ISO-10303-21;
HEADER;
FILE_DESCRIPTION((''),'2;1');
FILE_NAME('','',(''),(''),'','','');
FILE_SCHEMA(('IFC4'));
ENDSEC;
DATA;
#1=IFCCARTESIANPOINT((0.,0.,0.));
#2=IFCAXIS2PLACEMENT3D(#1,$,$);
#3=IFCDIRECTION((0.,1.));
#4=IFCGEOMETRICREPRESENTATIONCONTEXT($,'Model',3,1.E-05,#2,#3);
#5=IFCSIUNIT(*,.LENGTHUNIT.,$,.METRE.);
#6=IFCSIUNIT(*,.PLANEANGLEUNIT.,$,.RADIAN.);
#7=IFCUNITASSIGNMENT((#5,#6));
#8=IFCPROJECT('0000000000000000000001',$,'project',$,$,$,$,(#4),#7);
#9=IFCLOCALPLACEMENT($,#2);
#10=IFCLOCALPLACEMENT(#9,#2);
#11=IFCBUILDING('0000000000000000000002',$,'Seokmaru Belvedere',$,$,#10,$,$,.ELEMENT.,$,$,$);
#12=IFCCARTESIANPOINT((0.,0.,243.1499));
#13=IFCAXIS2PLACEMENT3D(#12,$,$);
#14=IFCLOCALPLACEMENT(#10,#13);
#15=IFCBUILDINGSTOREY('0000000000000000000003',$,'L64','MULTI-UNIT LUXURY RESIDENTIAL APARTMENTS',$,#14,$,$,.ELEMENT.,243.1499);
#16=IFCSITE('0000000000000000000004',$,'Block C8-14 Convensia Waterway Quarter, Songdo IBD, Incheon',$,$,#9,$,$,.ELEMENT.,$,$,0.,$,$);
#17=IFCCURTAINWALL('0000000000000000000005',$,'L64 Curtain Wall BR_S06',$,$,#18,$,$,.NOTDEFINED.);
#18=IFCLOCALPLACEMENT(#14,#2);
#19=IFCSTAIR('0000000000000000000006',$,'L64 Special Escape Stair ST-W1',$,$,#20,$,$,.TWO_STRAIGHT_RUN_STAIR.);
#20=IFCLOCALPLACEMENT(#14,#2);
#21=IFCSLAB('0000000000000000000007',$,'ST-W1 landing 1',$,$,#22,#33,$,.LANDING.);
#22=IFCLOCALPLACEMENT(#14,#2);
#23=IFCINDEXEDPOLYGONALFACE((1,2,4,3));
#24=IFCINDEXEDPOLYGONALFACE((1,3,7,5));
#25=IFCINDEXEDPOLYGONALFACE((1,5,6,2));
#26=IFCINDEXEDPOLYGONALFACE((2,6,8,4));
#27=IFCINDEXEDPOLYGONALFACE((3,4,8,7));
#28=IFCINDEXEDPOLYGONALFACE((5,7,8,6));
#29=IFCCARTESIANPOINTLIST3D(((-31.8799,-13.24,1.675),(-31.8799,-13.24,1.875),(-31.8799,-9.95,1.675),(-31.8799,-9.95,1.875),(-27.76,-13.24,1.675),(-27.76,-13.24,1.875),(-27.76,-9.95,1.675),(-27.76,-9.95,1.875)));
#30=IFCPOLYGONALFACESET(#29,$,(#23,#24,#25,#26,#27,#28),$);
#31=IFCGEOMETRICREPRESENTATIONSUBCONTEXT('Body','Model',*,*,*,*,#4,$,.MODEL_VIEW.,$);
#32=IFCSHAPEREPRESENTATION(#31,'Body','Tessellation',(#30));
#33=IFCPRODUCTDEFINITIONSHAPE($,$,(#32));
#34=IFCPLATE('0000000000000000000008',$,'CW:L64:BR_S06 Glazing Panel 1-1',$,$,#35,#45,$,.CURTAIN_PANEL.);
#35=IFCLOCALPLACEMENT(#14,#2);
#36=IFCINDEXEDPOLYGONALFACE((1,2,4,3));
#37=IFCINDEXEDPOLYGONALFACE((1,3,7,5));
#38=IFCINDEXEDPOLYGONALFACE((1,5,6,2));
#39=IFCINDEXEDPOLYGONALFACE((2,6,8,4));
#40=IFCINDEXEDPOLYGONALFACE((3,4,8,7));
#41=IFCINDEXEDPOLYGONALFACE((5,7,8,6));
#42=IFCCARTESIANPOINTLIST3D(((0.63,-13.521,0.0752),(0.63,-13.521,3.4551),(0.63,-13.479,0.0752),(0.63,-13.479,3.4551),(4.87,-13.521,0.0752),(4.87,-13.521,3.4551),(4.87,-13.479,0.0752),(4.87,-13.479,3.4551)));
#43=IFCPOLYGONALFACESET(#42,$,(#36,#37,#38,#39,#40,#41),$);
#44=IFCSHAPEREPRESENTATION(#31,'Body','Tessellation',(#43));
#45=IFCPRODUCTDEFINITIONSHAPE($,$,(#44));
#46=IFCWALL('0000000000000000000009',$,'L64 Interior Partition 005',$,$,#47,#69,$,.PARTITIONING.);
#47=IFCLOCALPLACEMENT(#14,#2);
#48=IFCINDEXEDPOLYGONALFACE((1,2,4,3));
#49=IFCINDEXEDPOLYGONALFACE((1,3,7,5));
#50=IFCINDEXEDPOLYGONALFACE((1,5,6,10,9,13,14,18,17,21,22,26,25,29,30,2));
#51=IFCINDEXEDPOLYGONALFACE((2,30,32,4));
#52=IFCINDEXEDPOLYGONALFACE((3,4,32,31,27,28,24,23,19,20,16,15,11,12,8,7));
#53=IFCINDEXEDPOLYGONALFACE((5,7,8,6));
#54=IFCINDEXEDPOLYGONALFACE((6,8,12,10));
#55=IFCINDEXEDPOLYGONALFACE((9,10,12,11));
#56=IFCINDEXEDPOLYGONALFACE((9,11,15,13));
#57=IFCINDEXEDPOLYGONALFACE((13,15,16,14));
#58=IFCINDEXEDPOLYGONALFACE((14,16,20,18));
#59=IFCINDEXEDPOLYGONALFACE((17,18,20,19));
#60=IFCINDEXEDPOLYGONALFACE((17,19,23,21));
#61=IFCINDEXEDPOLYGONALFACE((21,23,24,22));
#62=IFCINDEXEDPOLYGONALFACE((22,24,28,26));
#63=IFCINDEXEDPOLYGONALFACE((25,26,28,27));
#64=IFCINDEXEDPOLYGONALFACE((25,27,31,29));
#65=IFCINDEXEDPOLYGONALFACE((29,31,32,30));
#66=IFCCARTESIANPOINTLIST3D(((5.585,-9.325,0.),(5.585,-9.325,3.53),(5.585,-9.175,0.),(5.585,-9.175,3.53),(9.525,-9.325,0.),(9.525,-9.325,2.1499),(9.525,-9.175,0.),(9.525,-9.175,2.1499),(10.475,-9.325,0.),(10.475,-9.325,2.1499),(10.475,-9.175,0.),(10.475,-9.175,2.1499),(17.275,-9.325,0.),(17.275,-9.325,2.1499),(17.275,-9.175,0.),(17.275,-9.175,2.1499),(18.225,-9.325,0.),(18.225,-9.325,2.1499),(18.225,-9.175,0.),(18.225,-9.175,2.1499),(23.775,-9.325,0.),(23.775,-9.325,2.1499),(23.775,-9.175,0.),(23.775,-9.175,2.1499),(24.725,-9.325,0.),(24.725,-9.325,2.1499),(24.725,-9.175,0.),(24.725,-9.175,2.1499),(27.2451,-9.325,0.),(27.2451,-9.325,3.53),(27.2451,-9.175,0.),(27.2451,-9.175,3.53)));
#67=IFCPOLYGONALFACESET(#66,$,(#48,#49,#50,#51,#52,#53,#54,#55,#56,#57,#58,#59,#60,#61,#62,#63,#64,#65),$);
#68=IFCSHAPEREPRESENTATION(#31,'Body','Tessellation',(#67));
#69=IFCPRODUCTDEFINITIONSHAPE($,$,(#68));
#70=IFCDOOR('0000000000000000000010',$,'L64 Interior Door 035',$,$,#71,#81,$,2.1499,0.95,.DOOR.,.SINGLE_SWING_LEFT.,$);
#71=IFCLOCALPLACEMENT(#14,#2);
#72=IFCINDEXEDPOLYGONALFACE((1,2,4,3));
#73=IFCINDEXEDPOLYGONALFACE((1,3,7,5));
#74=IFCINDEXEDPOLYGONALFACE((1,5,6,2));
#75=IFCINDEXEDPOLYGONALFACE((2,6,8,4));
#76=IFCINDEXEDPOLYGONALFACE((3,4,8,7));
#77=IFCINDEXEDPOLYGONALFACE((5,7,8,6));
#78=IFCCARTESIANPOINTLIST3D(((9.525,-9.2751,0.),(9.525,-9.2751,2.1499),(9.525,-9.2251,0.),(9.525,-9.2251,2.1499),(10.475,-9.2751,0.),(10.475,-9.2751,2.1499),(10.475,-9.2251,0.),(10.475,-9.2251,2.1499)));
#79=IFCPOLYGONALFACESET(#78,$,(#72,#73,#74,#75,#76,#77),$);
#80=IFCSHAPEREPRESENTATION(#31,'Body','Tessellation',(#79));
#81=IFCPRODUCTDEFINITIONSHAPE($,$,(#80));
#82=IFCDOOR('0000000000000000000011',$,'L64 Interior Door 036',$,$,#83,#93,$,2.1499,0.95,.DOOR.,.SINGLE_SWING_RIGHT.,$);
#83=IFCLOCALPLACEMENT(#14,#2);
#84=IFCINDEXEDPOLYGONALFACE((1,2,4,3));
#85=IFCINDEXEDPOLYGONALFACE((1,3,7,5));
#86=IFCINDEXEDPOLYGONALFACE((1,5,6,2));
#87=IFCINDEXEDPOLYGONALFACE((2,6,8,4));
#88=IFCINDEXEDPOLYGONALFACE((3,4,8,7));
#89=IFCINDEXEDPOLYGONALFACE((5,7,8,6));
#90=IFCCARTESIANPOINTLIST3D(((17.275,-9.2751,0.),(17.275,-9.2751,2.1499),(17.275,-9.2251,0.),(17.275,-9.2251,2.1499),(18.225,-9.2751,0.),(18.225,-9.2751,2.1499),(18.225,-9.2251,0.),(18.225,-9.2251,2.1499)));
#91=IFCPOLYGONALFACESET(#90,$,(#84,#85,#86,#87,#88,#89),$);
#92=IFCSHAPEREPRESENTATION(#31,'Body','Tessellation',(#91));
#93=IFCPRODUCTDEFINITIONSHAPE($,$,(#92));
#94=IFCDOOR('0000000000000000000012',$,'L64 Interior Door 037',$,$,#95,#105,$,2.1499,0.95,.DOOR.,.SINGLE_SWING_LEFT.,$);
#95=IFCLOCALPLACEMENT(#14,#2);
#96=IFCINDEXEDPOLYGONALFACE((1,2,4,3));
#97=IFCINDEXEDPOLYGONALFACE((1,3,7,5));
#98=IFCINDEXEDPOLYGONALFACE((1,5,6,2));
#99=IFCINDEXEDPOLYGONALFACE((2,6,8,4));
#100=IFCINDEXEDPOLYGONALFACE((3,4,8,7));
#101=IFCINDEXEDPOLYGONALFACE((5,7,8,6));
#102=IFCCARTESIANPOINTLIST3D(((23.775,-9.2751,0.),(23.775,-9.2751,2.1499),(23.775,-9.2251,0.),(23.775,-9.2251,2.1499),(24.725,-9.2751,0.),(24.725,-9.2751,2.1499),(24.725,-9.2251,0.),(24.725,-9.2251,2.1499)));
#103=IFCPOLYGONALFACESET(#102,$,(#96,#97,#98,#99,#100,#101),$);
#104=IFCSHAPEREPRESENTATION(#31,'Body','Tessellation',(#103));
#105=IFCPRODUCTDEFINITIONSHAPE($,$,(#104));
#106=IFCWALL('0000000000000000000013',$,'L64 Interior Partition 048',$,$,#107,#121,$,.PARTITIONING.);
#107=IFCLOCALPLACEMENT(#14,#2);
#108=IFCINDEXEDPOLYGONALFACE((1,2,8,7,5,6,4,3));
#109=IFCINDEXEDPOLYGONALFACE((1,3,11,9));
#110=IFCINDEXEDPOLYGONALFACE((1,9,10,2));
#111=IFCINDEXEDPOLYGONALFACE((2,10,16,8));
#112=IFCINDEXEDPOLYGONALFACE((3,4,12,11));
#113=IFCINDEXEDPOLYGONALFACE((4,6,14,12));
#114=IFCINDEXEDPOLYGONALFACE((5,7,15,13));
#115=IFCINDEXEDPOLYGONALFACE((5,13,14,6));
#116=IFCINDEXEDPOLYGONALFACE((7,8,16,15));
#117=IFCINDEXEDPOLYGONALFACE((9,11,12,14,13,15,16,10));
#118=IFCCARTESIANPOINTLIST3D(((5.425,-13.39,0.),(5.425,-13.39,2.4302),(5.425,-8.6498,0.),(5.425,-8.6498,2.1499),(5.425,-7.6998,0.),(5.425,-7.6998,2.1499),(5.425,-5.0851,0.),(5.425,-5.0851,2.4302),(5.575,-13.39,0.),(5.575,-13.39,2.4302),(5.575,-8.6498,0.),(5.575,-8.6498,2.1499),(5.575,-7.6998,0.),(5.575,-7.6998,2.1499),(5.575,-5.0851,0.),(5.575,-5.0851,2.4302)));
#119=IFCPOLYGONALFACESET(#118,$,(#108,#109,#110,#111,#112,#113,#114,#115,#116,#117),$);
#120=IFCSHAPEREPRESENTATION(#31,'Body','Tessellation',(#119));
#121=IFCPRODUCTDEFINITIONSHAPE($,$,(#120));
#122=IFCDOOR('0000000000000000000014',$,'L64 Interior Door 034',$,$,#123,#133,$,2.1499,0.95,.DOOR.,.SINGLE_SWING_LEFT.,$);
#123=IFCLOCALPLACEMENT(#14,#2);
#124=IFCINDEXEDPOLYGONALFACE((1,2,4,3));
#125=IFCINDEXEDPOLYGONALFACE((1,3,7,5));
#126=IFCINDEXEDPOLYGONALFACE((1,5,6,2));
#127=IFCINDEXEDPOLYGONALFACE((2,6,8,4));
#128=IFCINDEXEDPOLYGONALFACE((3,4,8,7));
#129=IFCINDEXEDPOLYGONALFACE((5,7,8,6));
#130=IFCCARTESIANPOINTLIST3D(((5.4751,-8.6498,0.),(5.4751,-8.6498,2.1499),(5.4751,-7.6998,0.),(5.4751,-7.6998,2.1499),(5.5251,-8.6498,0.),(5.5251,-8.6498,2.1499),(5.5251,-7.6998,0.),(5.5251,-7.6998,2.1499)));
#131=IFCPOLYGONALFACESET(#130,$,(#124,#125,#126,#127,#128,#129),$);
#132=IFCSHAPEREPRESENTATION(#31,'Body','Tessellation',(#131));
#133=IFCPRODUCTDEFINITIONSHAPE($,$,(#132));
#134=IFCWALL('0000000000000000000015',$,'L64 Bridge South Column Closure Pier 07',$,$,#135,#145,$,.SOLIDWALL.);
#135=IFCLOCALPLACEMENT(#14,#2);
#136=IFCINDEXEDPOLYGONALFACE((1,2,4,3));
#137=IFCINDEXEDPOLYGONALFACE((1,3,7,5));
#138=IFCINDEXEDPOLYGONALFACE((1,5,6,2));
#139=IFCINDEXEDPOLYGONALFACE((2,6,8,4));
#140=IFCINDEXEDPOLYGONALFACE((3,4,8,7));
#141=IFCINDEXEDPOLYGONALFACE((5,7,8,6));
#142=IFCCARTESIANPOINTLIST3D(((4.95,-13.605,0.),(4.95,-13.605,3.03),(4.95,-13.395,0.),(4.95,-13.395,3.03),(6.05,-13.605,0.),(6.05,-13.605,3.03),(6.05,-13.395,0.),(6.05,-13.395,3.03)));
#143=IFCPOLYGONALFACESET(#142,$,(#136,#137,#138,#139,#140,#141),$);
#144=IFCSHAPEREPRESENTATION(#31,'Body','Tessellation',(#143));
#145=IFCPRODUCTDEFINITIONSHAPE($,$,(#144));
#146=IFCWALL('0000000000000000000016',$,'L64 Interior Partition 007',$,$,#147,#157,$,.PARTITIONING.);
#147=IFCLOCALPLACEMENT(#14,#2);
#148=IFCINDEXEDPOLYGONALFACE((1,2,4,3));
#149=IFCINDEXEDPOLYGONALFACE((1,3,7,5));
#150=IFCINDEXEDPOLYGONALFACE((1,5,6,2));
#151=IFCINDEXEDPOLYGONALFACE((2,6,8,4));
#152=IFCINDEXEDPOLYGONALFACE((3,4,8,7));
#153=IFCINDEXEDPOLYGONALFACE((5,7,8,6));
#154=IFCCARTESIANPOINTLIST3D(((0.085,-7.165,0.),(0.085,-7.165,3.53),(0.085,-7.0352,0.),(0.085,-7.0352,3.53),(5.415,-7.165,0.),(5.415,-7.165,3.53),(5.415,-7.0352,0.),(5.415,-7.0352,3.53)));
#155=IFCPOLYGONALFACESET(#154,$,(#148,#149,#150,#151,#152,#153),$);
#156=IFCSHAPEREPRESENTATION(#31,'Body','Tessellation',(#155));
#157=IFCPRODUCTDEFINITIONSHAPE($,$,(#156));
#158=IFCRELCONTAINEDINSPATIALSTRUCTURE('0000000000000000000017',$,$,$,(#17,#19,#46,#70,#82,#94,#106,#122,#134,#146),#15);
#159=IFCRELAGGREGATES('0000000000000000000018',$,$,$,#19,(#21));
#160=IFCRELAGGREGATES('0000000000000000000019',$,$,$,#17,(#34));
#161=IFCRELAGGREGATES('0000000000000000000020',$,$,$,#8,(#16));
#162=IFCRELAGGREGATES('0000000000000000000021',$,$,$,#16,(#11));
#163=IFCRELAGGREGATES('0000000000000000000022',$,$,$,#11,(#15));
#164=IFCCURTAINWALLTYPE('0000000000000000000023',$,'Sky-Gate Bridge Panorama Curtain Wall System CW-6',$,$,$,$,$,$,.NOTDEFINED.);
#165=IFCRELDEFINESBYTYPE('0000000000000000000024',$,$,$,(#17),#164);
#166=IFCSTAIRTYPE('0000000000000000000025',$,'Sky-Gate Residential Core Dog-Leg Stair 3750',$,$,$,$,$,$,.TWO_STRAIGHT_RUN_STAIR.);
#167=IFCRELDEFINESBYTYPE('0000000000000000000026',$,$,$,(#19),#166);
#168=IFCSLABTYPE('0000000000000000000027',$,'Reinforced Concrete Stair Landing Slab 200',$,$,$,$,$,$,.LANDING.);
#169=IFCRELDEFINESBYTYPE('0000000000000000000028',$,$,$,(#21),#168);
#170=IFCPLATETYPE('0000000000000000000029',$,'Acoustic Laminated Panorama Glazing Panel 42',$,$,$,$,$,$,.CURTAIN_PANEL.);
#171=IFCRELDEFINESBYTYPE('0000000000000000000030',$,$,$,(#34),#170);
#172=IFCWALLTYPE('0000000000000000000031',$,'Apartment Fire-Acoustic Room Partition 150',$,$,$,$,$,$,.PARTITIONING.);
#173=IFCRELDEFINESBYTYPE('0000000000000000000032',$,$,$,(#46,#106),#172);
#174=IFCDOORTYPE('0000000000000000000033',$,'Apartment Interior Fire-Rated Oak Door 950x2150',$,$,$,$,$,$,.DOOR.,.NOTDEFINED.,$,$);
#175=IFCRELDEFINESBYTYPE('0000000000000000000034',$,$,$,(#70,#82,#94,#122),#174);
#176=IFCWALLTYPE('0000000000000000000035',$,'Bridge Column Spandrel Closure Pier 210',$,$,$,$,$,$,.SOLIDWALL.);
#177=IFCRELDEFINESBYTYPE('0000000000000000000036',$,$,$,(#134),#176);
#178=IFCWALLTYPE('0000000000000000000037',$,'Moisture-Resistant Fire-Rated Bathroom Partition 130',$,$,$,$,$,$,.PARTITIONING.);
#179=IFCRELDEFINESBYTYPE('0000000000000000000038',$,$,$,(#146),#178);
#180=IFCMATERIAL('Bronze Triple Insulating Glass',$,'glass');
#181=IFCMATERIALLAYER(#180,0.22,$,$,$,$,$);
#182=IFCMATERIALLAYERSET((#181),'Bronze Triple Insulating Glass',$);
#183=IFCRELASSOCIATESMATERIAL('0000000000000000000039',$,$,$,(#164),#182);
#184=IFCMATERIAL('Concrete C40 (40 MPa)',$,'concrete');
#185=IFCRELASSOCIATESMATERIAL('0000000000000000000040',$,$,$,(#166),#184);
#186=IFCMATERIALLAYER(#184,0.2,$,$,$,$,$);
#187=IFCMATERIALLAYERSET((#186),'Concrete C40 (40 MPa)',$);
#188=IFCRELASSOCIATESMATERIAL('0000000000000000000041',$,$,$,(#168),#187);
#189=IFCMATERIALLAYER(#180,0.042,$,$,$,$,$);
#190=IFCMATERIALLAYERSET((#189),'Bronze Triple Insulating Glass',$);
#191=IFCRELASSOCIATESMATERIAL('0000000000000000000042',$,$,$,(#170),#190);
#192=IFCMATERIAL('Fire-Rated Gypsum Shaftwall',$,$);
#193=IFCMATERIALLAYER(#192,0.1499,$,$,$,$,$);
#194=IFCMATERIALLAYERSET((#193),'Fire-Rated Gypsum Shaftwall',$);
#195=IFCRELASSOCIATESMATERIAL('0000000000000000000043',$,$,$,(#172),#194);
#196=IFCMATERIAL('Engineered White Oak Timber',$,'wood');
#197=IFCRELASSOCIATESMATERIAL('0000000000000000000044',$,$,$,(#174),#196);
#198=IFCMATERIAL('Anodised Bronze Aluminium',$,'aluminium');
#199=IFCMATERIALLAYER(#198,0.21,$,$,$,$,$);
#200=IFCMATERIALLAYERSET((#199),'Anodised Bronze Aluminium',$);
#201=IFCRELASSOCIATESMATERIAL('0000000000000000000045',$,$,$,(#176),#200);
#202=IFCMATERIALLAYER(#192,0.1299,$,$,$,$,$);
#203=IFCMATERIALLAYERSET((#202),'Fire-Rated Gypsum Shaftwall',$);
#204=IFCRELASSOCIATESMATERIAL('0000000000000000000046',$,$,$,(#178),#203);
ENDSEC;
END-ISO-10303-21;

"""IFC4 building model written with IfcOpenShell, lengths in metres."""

from ifc_helpers import new_model, si_unit, direction, frame, frame_2d, origin, origin_2d, place, context, subcontext, project, spatial, polyline, rectangle, outline, extrude, source, transform, mapped, material, layer, layer_set, type_object, type_shapes, element, fill, aggregate, save


model = new_model("IFC4")

# Units and contexts
model_context = context("Model", 3, precision=1e-05, world=origin(), true_north=direction((0.0, 1.0)))
body_context = subcontext(model_context, "Body", "Model", "MODEL_VIEW")
ifc_project = project(units=[si_unit("LENGTHUNIT", "METRE"), si_unit("PLANEANGLEUNIT", "RADIAN")], contexts=[model_context])

# Site, building, storey
site_placement = place(None, origin())
site = spatial("IfcSite", under=ifc_project, at=site_placement, Name="Block C8-14 Convensia Waterway Quarter, Songdo IBD, Incheon", CompositionType="ELEMENT", RefElevation=0.0)
building_placement = place(site_placement, origin())
building = spatial("IfcBuilding", under=site, at=building_placement, Name="Seokmaru Belvedere", CompositionType="ELEMENT")
storey_placement = place(building_placement, frame((0.0, 0.0, 243.1499)))
storey = spatial("IfcBuildingStorey", under=building, at=storey_placement, Name="L64", Description="MULTI-UNIT LUXURY RESIDENTIAL APARTMENTS", CompositionType="ELEMENT", Elevation=243.1499)

# Curtain wall
ifc_material_1 = material(Name="Bronze Triple Insulating Glass", Category="glass")
ifc_layer_1 = layer(ifc_material_1, 0.22)
ifc_layer_set_1 = layer_set([ifc_layer_1], Name="Bronze Triple Insulating Glass")
curtain_wall_type = type_object("IfcCurtainWallType", Name="Sky-Gate Bridge Panorama Curtain Wall System CW-6", PredefinedType="NOTDEFINED", material=ifc_layer_set_1)
curtain_wall_1_placement = place(storey_placement, origin())
curtain_wall_1 = element("IfcCurtainWall", 1, at=curtain_wall_1_placement, inside=storey, type_object=curtain_wall_type, Name="L64 Curtain Wall BR_S06", PredefinedType="NOTDEFINED")
ifc_material_2 = material(Name="Anodised Bronze Aluminium", Category="aluminium")

# Stair, slab
ifc_material_3 = material(Name="Concrete C40 (40 MPa)", Category="concrete")
stair_type = type_object("IfcStairType", Name="Sky-Gate Residential Core Dog-Leg Stair 3750", PredefinedType="TWO_STRAIGHT_RUN_STAIR", material=ifc_material_3)
stair_placement = place(storey_placement, origin())
stair = element("IfcStair", 2, at=stair_placement, inside=storey, type_object=stair_type, Name="L64 Special Escape Stair ST-W1", PredefinedType="TWO_STRAIGHT_RUN_STAIR")
ifc_layer_2 = layer(ifc_material_3, 0.2)
ifc_layer_set_2 = layer_set([ifc_layer_2], Name="Concrete C40 (40 MPa)")
slab_type = type_object("IfcSlabType", Name="Reinforced Concrete Stair Landing Slab 200", PredefinedType="LANDING", material=ifc_layer_set_2)
slab_placement = place(storey_placement, frame((0.0, 0.0, 1.675)))
slab = element("IfcSlab", 3, at=slab_placement, type_object=slab_type, Name="ST-W1 landing 1", PredefinedType="LANDING", context=body_context, shape_type="SweptSolid", body=[
    extrude(outline(polyline([(-31.8799, -13.24), (-27.76, -13.24), (-27.76, -9.95), (-31.8799, -9.95), (-31.8799, -13.24)])), origin(), (0.0, 0.0, 1.0), 0.2),
])
aggregate(stair, [slab])

# Plate
ifc_layer_3 = layer(ifc_material_1, 0.042)
ifc_layer_set_3 = layer_set([ifc_layer_3], Name="Bronze Triple Insulating Glass")
plate_type = type_object("IfcPlateType", Name="Acoustic Laminated Panorama Glazing Panel 42", PredefinedType="CURTAIN_PANEL", material=ifc_layer_set_3)
shared_shape_1 = source(origin(), body_context, "Body", "SweptSolid", [
    extrude(rectangle(XDim=4.24, YDim=0.042, at=origin_2d()), origin(), (0.0, 0.0, 1.0), 3.3799),
])
type_shapes(plate_type, [shared_shape_1])
plate_placement = place(storey_placement, frame((2.75, -13.5, 0.0752), z_axis=(0.0, 0.0, 1.0), x_axis=(1.0, 0.0, 0.0)))
plate = element("IfcPlate", 4, at=plate_placement, type_object=plate_type, Name="CW:L64:BR_S06 Glazing Panel 1-1", PredefinedType="CURTAIN_PANEL", context=body_context, shape_type="MappedRepresentation", body=[
    mapped(shared_shape_1, transform((0.0, 0.0, 0.0), scale=1.0)),
])
aggregate(curtain_wall_1, [plate])

# Wall, openings, doors
ifc_material_4 = material(Name="Fire-Rated Gypsum Shaftwall")
ifc_layer_4 = layer(ifc_material_4, 0.1499)
ifc_layer_set_4 = layer_set([ifc_layer_4], Name="Fire-Rated Gypsum Shaftwall")
wall_type_1 = type_object("IfcWallType", Name="Apartment Fire-Acoustic Room Partition 150", PredefinedType="PARTITIONING", material=ifc_layer_set_4)
wall_1_placement = place(storey_placement, frame((5.585, -9.25, 0.0), z_axis=(0.0, 0.0, 1.0), x_axis=(1.0, 0.0, 0.0)))
wall_1 = element("IfcWall", 5, at=wall_1_placement, inside=storey, type_object=wall_type_1, Name="L64 Interior Partition 005", PredefinedType="PARTITIONING", context=body_context, shape_type="SweptSolid", body=[
    extrude(rectangle(XDim=21.6602, YDim=0.1499, at=frame_2d((10.8301, 0.0))), origin(), (0.0, 0.0, 1.0), 3.53),
])
opening_1_placement = place(wall_1_placement, frame((3.9399, 0.0, 0.0)))
opening_1 = element("IfcOpeningElement", 6, at=opening_1_placement, cuts=wall_1, PredefinedType="OPENING", context=body_context, shape_type="SweptSolid", body=[
    extrude(rectangle(XDim=0.95, YDim=2.1499, at=frame_2d((0.4751, 1.075))), frame((0.0, 0.085, 0.0), z_axis=(0.0, -1.0, 0.0), x_axis=(1.0, 0.0, 0.0)), (0.0, 0.0, 1.0), 0.1699),
])
opening_2_placement = place(wall_1_placement, frame((11.6899, 0.0, 0.0)))
opening_2 = element("IfcOpeningElement", 7, at=opening_2_placement, cuts=wall_1, PredefinedType="OPENING", context=body_context, shape_type="SweptSolid", body=[
    extrude(rectangle(XDim=0.95, YDim=2.1499, at=frame_2d((0.4751, 1.075))), frame((0.0, 0.085, 0.0), z_axis=(0.0, -1.0, 0.0), x_axis=(1.0, 0.0, 0.0)), (0.0, 0.0, 1.0), 0.1699),
])
opening_3_placement = place(wall_1_placement, frame((18.1899, 0.0, 0.0)))
opening_3 = element("IfcOpeningElement", 8, at=opening_3_placement, cuts=wall_1, PredefinedType="OPENING", context=body_context, shape_type="SweptSolid", body=[
    extrude(rectangle(XDim=0.95, YDim=2.1499, at=frame_2d((0.4751, 1.075))), frame((0.0, 0.085, 0.0), z_axis=(0.0, -1.0, 0.0), x_axis=(1.0, 0.0, 0.0)), (0.0, 0.0, 1.0), 0.1699),
])
ifc_material_5 = material(Name="Engineered White Oak Timber", Category="wood")
door_type_1 = type_object("IfcDoorType", Name="Apartment Interior Fire-Rated Oak Door 950x2150", OperationType="NOTDEFINED", PredefinedType="DOOR", material=ifc_material_5)
shared_shape_2 = source(origin(), body_context, "Body", "SweptSolid", [
    extrude(rectangle(XDim=0.95, YDim=2.1499, at=frame_2d((0.4751, 1.075))), frame((0.0, 0.0249, 0.0), z_axis=(0.0, -1.0, 0.0), x_axis=(1.0, 0.0, 0.0)), (0.0, 0.0, 1.0), 0.05),
])
type_shapes(door_type_1, [shared_shape_2])
door_1_placement = place(opening_1_placement, origin())
door_1 = element("IfcDoor", 9, at=door_1_placement, inside=storey, type_object=door_type_1, Name="L64 Interior Door 035", OperationType="SINGLE_SWING_LEFT", OverallHeight=2.1499, OverallWidth=0.95, PredefinedType="DOOR", context=body_context, shape_type="MappedRepresentation", body=[
    mapped(shared_shape_2, transform((0.0, 0.0, 0.0), scale=1.0)),
])
fill(opening_1, door_1)
door_2_placement = place(opening_2_placement, origin())
door_2 = element("IfcDoor", 10, at=door_2_placement, inside=storey, type_object=door_type_1, Name="L64 Interior Door 036", OperationType="SINGLE_SWING_RIGHT", OverallHeight=2.1499, OverallWidth=0.95, PredefinedType="DOOR", context=body_context, shape_type="MappedRepresentation", body=[
    mapped(shared_shape_2, transform((0.0, 0.0, 0.0), scale=1.0)),
])
fill(opening_2, door_2)
door_3_placement = place(opening_3_placement, origin())
door_3 = element("IfcDoor", 11, at=door_3_placement, inside=storey, type_object=door_type_1, Name="L64 Interior Door 037", OperationType="SINGLE_SWING_LEFT", OverallHeight=2.1499, OverallWidth=0.95, PredefinedType="DOOR", context=body_context, shape_type="MappedRepresentation", body=[
    mapped(shared_shape_2, transform((0.0, 0.0, 0.0), scale=1.0)),
])
fill(opening_3, door_3)

# Wall, opening, door
wall_2_placement = place(storey_placement, frame((5.5, -13.3899, 0.0), z_axis=(0.0, 0.0, 1.0), x_axis=(0.0, 1.0, 0.0)))
wall_2 = element("IfcWall", 12, at=wall_2_placement, inside=storey, type_object=wall_type_1, Name="L64 Interior Partition 048", PredefinedType="PARTITIONING", context=body_context, shape_type="SweptSolid", body=[
    extrude(rectangle(XDim=8.3049, YDim=0.1499, at=frame_2d((4.1523, 0.0))), origin(), (0.0, 0.0, 1.0), 2.4302),
])
opening_4_placement = place(wall_2_placement, frame((4.74, 0.0, 0.0)))
opening_4 = element("IfcOpeningElement", 13, at=opening_4_placement, cuts=wall_2, PredefinedType="OPENING", context=body_context, shape_type="SweptSolid", body=[
    extrude(rectangle(XDim=0.95, YDim=2.1499, at=frame_2d((0.4751, 1.075))), frame((0.0, 0.085, 0.0), z_axis=(0.0, -1.0, 0.0), x_axis=(1.0, 0.0, 0.0)), (0.0, 0.0, 1.0), 0.1699),
])
door_4_placement = place(opening_4_placement, origin())
door_4 = element("IfcDoor", 14, at=door_4_placement, inside=storey, type_object=door_type_1, Name="L64 Interior Door 034", OperationType="SINGLE_SWING_LEFT", OverallHeight=2.1499, OverallWidth=0.95, PredefinedType="DOOR", context=body_context, shape_type="MappedRepresentation", body=[
    mapped(shared_shape_2, transform((0.0, 0.0, 0.0), scale=1.0)),
])
fill(opening_4, door_4)

# Walls
ifc_layer_5 = layer(ifc_material_2, 0.21)
ifc_layer_set_5 = layer_set([ifc_layer_5], Name="Anodised Bronze Aluminium")
wall_type_2 = type_object("IfcWallType", Name="Bridge Column Spandrel Closure Pier 210", PredefinedType="SOLIDWALL", material=ifc_layer_set_5)
wall_3_placement = place(storey_placement, frame((4.95, -13.5, 0.0), z_axis=(0.0, 0.0, 1.0), x_axis=(1.0, 0.0, 0.0)))
element("IfcWall", 15, at=wall_3_placement, inside=storey, type_object=wall_type_2, Name="L64 Bridge South Column Closure Pier 07", PredefinedType="SOLIDWALL", context=body_context, shape_type="SweptSolid", body=[
    extrude(rectangle(XDim=1.1001, YDim=0.21, at=frame_2d((0.55, 0.0))), origin(), (0.0, 0.0, 1.0), 3.03),
])
ifc_layer_6 = layer(ifc_material_4, 0.1299)
ifc_layer_set_6 = layer_set([ifc_layer_6], Name="Fire-Rated Gypsum Shaftwall")
wall_type_3 = type_object("IfcWallType", Name="Moisture-Resistant Fire-Rated Bathroom Partition 130", PredefinedType="PARTITIONING", material=ifc_layer_set_6)
wall_4_placement = place(storey_placement, frame((0.085, -7.1001, 0.0), z_axis=(0.0, 0.0, 1.0), x_axis=(1.0, 0.0, 0.0)))
element("IfcWall", 16, at=wall_4_placement, inside=storey, type_object=wall_type_3, Name="L64 Interior Partition 007", PredefinedType="PARTITIONING", context=body_context, shape_type="SweptSolid", body=[
    extrude(rectangle(XDim=5.3301, YDim=0.1299, at=frame_2d((2.665, 0.0))), origin(), (0.0, 0.0, 1.0), 3.53),
])

save(model, "model.ifc")
